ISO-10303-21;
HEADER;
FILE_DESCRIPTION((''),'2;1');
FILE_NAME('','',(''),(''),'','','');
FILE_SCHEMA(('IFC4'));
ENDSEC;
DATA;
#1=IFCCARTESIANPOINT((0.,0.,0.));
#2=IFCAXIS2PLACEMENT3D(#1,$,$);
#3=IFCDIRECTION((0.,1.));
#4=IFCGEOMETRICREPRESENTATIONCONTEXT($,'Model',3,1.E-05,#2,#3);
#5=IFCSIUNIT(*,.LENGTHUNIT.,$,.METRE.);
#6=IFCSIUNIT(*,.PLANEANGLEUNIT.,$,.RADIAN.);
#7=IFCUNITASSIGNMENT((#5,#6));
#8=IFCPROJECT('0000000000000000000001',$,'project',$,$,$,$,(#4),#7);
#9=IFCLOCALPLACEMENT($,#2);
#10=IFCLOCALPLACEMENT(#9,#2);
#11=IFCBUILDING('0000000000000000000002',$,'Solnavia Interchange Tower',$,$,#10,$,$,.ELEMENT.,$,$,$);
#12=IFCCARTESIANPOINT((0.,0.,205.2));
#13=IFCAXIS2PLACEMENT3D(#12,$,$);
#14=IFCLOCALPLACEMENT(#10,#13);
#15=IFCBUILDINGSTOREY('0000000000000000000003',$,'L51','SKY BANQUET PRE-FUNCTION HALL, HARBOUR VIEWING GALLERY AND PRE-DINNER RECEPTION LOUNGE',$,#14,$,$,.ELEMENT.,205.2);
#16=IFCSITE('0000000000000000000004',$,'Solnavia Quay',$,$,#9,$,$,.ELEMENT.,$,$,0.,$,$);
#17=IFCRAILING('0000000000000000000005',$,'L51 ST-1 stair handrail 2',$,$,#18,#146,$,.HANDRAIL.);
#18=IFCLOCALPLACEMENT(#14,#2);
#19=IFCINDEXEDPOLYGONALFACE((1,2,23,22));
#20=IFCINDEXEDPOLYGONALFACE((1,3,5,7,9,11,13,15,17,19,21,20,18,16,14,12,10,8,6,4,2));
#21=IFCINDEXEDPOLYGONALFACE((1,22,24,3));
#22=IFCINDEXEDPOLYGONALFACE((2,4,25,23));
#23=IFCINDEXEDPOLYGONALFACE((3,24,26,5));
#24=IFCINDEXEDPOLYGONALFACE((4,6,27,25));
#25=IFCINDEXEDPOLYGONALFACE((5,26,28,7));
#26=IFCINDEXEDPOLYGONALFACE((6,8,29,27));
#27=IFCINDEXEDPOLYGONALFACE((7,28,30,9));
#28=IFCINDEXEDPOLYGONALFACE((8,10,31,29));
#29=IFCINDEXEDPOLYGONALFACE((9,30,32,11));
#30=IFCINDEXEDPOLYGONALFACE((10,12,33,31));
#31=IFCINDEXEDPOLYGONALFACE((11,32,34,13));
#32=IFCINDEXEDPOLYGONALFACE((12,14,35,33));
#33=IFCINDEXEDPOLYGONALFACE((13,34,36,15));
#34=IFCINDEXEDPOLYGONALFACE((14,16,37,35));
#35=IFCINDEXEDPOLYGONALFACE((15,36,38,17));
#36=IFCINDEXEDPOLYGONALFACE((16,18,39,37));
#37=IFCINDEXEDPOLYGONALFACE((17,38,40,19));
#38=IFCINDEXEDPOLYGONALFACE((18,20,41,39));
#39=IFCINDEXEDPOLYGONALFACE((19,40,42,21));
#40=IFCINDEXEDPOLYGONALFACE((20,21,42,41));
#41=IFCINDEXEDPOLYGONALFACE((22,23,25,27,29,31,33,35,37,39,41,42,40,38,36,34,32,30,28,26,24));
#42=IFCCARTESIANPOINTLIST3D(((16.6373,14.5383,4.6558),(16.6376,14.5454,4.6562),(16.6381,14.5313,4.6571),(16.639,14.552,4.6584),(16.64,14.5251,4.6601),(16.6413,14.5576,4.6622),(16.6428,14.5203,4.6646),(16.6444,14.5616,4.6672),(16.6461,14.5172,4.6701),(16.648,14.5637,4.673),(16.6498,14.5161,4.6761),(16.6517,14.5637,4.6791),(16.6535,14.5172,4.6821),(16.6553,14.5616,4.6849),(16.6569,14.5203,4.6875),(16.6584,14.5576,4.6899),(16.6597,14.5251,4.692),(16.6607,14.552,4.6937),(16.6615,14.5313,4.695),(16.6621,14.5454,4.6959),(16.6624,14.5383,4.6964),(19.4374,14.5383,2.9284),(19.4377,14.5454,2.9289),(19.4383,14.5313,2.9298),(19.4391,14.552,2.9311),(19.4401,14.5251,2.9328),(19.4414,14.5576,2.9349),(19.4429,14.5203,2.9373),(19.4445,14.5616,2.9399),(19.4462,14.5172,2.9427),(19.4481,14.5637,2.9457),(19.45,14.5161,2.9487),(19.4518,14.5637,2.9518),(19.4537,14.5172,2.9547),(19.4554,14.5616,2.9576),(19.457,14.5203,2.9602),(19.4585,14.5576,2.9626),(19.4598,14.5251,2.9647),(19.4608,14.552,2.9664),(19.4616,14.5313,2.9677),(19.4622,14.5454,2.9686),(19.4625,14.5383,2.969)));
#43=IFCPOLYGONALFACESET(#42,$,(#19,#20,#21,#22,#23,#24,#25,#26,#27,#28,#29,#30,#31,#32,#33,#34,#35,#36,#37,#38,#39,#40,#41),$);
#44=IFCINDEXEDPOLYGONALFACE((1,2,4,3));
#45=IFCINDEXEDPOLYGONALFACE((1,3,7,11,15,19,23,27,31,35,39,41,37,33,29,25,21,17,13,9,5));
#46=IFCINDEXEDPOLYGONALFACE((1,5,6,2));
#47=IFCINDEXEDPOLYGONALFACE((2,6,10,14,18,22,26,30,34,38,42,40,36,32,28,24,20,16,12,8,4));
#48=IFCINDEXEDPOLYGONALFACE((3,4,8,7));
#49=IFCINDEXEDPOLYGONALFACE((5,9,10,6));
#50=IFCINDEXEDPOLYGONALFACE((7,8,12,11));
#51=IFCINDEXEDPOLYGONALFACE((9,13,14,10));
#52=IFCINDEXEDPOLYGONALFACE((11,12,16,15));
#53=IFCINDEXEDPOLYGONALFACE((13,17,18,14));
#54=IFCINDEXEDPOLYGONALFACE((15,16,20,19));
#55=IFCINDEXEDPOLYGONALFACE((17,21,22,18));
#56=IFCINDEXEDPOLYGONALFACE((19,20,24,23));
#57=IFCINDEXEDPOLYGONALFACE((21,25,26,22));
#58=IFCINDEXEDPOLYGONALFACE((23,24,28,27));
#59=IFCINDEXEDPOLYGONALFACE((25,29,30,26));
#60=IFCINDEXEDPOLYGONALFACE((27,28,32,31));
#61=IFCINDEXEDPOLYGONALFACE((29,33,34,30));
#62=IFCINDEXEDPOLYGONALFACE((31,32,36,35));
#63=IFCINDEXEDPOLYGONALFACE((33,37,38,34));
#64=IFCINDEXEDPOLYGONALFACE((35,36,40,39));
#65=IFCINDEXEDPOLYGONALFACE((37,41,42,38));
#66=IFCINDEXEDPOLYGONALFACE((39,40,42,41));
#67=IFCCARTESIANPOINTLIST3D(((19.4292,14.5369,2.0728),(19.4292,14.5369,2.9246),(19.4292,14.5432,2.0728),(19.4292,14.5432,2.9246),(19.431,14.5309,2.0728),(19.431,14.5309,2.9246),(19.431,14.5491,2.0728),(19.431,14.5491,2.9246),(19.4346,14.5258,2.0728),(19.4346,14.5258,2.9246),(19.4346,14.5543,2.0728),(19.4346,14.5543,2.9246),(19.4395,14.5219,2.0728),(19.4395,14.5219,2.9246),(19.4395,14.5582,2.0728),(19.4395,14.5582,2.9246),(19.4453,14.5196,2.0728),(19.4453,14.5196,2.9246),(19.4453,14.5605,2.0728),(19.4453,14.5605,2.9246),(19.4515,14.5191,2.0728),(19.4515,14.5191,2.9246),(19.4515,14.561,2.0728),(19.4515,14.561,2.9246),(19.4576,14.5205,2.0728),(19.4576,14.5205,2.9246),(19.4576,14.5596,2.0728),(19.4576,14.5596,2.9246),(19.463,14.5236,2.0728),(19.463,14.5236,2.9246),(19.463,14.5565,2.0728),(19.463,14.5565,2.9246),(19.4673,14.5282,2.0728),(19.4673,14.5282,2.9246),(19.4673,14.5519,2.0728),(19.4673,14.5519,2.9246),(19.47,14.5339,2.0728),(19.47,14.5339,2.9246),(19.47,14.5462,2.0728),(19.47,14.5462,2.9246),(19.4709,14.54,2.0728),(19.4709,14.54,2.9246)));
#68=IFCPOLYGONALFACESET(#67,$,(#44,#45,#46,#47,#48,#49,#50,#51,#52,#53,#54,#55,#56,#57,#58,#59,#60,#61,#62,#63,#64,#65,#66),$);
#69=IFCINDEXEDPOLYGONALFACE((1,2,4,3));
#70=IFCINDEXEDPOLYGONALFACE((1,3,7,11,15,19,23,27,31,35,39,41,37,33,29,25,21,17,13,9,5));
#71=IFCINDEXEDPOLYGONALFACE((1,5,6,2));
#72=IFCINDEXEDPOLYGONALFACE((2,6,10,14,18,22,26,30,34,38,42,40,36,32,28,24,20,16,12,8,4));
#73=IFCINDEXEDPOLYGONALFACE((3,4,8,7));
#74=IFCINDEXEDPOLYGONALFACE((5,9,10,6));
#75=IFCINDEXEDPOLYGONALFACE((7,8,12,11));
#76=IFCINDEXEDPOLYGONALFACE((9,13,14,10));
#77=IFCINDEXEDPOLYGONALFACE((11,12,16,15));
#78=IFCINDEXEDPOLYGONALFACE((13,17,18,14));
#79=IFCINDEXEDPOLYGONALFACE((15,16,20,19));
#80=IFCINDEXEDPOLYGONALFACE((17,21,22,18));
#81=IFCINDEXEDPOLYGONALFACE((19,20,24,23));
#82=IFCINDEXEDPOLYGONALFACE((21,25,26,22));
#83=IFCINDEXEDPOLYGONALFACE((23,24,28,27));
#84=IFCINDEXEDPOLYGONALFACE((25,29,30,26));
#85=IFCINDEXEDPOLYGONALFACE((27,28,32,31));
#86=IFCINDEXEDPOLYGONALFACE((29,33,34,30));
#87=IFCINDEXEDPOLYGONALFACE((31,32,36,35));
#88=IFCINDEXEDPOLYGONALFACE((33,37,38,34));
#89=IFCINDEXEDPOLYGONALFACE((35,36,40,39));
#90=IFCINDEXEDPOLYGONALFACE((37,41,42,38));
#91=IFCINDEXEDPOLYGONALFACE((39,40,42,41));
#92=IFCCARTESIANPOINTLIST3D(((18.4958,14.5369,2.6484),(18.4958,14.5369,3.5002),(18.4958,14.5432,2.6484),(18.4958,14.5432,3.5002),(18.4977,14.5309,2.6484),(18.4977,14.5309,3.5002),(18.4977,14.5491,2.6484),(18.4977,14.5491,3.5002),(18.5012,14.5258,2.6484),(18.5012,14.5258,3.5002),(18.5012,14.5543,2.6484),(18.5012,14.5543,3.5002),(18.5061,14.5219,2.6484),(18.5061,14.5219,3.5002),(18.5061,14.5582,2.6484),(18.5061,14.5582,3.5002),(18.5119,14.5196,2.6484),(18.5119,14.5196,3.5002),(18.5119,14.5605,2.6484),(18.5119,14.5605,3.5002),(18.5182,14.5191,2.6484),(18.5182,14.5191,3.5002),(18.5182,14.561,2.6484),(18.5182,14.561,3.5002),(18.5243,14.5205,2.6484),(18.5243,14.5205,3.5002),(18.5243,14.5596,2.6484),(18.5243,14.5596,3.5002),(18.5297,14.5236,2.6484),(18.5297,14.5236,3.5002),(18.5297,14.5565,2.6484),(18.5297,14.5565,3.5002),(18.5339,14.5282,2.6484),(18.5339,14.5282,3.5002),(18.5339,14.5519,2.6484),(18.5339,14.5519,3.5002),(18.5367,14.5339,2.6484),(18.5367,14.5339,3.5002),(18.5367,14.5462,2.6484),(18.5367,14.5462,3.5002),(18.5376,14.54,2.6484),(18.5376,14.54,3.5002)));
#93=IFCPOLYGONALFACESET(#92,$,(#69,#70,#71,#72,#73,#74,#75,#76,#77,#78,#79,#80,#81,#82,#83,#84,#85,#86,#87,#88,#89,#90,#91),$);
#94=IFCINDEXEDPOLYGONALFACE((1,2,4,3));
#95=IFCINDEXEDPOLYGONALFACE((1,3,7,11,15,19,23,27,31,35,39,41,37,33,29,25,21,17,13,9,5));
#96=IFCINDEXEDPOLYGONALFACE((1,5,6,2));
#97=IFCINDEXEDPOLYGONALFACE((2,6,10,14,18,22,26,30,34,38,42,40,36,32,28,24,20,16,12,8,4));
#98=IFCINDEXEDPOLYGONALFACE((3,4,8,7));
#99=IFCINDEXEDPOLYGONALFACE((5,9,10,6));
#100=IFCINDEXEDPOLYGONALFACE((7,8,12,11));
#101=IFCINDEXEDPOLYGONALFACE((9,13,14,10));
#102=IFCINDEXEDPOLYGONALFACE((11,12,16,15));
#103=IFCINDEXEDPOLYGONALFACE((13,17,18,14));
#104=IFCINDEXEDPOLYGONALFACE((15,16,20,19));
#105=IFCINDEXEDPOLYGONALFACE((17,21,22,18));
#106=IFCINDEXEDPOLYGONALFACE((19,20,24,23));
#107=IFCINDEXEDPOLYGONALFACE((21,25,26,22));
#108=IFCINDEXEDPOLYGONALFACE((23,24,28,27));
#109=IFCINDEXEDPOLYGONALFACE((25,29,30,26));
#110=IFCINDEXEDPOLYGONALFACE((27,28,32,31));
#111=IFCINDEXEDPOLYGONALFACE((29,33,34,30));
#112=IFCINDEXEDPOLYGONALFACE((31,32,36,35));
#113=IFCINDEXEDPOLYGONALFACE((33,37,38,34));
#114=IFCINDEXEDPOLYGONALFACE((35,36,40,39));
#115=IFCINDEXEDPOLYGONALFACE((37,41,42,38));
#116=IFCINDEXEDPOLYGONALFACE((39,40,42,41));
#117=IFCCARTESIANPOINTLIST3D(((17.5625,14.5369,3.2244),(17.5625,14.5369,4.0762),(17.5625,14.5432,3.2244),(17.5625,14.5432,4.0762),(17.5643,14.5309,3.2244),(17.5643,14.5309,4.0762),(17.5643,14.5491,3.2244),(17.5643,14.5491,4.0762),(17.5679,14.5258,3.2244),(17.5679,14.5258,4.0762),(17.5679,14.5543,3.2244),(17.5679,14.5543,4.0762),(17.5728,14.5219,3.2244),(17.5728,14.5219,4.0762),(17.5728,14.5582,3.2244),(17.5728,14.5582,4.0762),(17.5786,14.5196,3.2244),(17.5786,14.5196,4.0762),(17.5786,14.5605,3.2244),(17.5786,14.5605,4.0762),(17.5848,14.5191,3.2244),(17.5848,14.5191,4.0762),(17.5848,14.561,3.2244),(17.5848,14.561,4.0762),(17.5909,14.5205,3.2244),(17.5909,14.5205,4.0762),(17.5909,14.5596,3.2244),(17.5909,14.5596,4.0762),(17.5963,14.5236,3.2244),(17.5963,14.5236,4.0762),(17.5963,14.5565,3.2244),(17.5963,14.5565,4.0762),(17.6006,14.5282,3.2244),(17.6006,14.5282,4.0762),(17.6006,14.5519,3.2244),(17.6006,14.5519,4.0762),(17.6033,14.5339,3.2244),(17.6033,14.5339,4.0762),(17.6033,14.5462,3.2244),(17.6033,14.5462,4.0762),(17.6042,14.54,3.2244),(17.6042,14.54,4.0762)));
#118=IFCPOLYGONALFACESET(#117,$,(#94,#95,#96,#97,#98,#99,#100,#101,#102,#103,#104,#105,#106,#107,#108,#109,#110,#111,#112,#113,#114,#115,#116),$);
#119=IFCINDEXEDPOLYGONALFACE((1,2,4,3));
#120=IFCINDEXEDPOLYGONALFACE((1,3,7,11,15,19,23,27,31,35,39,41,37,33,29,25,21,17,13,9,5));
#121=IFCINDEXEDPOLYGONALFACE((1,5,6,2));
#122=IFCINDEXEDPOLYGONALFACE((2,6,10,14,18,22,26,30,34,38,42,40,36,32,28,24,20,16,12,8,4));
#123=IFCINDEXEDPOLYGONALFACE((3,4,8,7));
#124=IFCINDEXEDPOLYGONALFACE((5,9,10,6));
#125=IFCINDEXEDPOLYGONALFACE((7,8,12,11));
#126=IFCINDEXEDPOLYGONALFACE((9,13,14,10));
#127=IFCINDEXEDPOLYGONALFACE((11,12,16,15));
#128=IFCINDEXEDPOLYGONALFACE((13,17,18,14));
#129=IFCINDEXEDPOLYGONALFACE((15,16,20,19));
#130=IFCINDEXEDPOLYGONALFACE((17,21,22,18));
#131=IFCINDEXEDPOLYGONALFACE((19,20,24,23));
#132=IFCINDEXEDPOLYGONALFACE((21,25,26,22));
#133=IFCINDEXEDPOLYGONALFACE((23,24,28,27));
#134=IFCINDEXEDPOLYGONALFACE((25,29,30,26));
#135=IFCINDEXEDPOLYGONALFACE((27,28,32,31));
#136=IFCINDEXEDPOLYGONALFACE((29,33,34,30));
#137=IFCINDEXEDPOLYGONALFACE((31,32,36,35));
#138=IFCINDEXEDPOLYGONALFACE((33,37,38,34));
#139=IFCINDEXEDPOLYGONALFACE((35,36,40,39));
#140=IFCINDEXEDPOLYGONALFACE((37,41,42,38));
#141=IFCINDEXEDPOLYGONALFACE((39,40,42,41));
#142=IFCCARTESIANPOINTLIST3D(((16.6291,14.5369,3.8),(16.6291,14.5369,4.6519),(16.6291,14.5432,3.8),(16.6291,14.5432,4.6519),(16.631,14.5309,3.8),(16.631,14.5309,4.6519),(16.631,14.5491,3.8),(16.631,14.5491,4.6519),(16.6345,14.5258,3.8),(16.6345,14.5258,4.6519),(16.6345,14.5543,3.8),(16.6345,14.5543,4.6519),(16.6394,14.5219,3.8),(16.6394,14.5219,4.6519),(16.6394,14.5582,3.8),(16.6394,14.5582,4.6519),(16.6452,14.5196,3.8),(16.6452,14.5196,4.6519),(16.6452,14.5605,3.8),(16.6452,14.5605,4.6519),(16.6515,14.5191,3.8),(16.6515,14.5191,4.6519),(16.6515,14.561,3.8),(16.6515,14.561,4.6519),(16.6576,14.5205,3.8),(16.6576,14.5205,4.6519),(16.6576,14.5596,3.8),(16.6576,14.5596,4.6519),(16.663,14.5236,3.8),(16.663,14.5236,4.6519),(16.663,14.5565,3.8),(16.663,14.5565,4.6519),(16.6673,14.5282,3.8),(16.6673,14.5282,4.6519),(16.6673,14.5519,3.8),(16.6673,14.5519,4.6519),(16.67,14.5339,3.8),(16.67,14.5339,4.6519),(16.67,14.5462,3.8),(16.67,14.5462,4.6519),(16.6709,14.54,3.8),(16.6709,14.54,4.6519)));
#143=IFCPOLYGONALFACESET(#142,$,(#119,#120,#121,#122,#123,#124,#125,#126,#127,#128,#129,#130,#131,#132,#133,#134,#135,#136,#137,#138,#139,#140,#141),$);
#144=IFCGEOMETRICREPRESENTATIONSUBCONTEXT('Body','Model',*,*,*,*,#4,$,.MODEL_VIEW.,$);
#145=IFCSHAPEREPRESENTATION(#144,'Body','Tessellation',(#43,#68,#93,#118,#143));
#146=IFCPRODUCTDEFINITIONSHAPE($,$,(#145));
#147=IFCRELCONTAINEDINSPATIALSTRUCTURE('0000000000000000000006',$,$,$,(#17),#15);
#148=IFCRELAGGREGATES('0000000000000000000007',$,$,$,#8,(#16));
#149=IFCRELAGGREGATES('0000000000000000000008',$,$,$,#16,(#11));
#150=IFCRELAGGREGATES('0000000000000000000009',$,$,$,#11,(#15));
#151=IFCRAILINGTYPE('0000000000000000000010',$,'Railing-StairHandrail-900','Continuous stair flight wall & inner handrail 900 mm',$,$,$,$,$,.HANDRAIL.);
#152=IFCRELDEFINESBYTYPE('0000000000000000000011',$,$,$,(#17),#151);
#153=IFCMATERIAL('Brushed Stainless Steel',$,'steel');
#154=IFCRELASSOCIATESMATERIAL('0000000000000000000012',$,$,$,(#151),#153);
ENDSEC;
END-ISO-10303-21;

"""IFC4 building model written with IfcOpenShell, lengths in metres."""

from ifc_helpers import new_model, si_unit, direction, frame, origin, origin_2d, place, context, subcontext, project, spatial, circle, extrude, material, type_object, element, save


model = new_model("IFC4")

# Units and contexts
model_context = context("Model", 3, precision=1e-05, world=origin(), true_north=direction((0.0, 1.0)))
body_context = subcontext(model_context, "Body", "Model", "MODEL_VIEW")
ifc_project = project(units=[si_unit("LENGTHUNIT", "METRE"), si_unit("PLANEANGLEUNIT", "RADIAN")], contexts=[model_context])

# Site, building, storey
site_placement = place(None, origin())
site = spatial("IfcSite", under=ifc_project, at=site_placement, Name="Solnavia Quay", CompositionType="ELEMENT", RefElevation=0.0)
building_placement = place(site_placement, origin())
building = spatial("IfcBuilding", under=site, at=building_placement, Name="Solnavia Interchange Tower", CompositionType="ELEMENT")
storey_placement = place(building_placement, frame((0.0, 0.0, 205.2)))
storey = spatial("IfcBuildingStorey", under=building, at=storey_placement, Name="L51", Description="SKY BANQUET PRE-FUNCTION HALL, HARBOUR VIEWING GALLERY AND PRE-DINNER RECEPTION LOUNGE", CompositionType="ELEMENT", Elevation=205.2)

# Railing
ifc_material_1 = material(Name="Brushed Stainless Steel", Category="steel")
railing_type_1 = type_object("IfcRailingType", Name="Railing-StairHandrail-900", Description="Continuous stair flight wall & inner handrail 900 mm", PredefinedType="HANDRAIL", material=ifc_material_1)
railing_1_placement = place(storey_placement, frame((19.45, 14.54, 2.0728)))
element("IfcRailing", 1, at=railing_1_placement, inside=storey, type_object=railing_type_1, Name="L51 ST-1 stair handrail 2", PredefinedType="HANDRAIL", context=body_context, shape_type="SweptSolid", body=[
    extrude(circle(Radius=0.0239, at=origin_2d()), frame((0.0, 0.0, 0.876), z_axis=(-0.85109, 0.0, 0.52502), x_axis=(0.0, -1.0, 0.0)), (0.0, 0.0, 1.0), 3.29),
    extrude(circle(Radius=0.021, at=origin_2d()), origin(), (0.0, 0.0, 1.0), 0.8518),
    extrude(circle(Radius=0.021, at=origin_2d()), frame((-0.9333, 0.0, 0.5757)), (0.0, 0.0, 1.0), 0.8518),
    extrude(circle(Radius=0.021, at=origin_2d()), frame((-1.8667, 0.0, 1.1516)), (0.0, 0.0, 1.0), 0.8518),
    extrude(circle(Radius=0.021, at=origin_2d()), frame((-2.8, 0.0, 1.7273)), (0.0, 0.0, 1.0), 0.8518),
])

save(model, "model.ifc")
